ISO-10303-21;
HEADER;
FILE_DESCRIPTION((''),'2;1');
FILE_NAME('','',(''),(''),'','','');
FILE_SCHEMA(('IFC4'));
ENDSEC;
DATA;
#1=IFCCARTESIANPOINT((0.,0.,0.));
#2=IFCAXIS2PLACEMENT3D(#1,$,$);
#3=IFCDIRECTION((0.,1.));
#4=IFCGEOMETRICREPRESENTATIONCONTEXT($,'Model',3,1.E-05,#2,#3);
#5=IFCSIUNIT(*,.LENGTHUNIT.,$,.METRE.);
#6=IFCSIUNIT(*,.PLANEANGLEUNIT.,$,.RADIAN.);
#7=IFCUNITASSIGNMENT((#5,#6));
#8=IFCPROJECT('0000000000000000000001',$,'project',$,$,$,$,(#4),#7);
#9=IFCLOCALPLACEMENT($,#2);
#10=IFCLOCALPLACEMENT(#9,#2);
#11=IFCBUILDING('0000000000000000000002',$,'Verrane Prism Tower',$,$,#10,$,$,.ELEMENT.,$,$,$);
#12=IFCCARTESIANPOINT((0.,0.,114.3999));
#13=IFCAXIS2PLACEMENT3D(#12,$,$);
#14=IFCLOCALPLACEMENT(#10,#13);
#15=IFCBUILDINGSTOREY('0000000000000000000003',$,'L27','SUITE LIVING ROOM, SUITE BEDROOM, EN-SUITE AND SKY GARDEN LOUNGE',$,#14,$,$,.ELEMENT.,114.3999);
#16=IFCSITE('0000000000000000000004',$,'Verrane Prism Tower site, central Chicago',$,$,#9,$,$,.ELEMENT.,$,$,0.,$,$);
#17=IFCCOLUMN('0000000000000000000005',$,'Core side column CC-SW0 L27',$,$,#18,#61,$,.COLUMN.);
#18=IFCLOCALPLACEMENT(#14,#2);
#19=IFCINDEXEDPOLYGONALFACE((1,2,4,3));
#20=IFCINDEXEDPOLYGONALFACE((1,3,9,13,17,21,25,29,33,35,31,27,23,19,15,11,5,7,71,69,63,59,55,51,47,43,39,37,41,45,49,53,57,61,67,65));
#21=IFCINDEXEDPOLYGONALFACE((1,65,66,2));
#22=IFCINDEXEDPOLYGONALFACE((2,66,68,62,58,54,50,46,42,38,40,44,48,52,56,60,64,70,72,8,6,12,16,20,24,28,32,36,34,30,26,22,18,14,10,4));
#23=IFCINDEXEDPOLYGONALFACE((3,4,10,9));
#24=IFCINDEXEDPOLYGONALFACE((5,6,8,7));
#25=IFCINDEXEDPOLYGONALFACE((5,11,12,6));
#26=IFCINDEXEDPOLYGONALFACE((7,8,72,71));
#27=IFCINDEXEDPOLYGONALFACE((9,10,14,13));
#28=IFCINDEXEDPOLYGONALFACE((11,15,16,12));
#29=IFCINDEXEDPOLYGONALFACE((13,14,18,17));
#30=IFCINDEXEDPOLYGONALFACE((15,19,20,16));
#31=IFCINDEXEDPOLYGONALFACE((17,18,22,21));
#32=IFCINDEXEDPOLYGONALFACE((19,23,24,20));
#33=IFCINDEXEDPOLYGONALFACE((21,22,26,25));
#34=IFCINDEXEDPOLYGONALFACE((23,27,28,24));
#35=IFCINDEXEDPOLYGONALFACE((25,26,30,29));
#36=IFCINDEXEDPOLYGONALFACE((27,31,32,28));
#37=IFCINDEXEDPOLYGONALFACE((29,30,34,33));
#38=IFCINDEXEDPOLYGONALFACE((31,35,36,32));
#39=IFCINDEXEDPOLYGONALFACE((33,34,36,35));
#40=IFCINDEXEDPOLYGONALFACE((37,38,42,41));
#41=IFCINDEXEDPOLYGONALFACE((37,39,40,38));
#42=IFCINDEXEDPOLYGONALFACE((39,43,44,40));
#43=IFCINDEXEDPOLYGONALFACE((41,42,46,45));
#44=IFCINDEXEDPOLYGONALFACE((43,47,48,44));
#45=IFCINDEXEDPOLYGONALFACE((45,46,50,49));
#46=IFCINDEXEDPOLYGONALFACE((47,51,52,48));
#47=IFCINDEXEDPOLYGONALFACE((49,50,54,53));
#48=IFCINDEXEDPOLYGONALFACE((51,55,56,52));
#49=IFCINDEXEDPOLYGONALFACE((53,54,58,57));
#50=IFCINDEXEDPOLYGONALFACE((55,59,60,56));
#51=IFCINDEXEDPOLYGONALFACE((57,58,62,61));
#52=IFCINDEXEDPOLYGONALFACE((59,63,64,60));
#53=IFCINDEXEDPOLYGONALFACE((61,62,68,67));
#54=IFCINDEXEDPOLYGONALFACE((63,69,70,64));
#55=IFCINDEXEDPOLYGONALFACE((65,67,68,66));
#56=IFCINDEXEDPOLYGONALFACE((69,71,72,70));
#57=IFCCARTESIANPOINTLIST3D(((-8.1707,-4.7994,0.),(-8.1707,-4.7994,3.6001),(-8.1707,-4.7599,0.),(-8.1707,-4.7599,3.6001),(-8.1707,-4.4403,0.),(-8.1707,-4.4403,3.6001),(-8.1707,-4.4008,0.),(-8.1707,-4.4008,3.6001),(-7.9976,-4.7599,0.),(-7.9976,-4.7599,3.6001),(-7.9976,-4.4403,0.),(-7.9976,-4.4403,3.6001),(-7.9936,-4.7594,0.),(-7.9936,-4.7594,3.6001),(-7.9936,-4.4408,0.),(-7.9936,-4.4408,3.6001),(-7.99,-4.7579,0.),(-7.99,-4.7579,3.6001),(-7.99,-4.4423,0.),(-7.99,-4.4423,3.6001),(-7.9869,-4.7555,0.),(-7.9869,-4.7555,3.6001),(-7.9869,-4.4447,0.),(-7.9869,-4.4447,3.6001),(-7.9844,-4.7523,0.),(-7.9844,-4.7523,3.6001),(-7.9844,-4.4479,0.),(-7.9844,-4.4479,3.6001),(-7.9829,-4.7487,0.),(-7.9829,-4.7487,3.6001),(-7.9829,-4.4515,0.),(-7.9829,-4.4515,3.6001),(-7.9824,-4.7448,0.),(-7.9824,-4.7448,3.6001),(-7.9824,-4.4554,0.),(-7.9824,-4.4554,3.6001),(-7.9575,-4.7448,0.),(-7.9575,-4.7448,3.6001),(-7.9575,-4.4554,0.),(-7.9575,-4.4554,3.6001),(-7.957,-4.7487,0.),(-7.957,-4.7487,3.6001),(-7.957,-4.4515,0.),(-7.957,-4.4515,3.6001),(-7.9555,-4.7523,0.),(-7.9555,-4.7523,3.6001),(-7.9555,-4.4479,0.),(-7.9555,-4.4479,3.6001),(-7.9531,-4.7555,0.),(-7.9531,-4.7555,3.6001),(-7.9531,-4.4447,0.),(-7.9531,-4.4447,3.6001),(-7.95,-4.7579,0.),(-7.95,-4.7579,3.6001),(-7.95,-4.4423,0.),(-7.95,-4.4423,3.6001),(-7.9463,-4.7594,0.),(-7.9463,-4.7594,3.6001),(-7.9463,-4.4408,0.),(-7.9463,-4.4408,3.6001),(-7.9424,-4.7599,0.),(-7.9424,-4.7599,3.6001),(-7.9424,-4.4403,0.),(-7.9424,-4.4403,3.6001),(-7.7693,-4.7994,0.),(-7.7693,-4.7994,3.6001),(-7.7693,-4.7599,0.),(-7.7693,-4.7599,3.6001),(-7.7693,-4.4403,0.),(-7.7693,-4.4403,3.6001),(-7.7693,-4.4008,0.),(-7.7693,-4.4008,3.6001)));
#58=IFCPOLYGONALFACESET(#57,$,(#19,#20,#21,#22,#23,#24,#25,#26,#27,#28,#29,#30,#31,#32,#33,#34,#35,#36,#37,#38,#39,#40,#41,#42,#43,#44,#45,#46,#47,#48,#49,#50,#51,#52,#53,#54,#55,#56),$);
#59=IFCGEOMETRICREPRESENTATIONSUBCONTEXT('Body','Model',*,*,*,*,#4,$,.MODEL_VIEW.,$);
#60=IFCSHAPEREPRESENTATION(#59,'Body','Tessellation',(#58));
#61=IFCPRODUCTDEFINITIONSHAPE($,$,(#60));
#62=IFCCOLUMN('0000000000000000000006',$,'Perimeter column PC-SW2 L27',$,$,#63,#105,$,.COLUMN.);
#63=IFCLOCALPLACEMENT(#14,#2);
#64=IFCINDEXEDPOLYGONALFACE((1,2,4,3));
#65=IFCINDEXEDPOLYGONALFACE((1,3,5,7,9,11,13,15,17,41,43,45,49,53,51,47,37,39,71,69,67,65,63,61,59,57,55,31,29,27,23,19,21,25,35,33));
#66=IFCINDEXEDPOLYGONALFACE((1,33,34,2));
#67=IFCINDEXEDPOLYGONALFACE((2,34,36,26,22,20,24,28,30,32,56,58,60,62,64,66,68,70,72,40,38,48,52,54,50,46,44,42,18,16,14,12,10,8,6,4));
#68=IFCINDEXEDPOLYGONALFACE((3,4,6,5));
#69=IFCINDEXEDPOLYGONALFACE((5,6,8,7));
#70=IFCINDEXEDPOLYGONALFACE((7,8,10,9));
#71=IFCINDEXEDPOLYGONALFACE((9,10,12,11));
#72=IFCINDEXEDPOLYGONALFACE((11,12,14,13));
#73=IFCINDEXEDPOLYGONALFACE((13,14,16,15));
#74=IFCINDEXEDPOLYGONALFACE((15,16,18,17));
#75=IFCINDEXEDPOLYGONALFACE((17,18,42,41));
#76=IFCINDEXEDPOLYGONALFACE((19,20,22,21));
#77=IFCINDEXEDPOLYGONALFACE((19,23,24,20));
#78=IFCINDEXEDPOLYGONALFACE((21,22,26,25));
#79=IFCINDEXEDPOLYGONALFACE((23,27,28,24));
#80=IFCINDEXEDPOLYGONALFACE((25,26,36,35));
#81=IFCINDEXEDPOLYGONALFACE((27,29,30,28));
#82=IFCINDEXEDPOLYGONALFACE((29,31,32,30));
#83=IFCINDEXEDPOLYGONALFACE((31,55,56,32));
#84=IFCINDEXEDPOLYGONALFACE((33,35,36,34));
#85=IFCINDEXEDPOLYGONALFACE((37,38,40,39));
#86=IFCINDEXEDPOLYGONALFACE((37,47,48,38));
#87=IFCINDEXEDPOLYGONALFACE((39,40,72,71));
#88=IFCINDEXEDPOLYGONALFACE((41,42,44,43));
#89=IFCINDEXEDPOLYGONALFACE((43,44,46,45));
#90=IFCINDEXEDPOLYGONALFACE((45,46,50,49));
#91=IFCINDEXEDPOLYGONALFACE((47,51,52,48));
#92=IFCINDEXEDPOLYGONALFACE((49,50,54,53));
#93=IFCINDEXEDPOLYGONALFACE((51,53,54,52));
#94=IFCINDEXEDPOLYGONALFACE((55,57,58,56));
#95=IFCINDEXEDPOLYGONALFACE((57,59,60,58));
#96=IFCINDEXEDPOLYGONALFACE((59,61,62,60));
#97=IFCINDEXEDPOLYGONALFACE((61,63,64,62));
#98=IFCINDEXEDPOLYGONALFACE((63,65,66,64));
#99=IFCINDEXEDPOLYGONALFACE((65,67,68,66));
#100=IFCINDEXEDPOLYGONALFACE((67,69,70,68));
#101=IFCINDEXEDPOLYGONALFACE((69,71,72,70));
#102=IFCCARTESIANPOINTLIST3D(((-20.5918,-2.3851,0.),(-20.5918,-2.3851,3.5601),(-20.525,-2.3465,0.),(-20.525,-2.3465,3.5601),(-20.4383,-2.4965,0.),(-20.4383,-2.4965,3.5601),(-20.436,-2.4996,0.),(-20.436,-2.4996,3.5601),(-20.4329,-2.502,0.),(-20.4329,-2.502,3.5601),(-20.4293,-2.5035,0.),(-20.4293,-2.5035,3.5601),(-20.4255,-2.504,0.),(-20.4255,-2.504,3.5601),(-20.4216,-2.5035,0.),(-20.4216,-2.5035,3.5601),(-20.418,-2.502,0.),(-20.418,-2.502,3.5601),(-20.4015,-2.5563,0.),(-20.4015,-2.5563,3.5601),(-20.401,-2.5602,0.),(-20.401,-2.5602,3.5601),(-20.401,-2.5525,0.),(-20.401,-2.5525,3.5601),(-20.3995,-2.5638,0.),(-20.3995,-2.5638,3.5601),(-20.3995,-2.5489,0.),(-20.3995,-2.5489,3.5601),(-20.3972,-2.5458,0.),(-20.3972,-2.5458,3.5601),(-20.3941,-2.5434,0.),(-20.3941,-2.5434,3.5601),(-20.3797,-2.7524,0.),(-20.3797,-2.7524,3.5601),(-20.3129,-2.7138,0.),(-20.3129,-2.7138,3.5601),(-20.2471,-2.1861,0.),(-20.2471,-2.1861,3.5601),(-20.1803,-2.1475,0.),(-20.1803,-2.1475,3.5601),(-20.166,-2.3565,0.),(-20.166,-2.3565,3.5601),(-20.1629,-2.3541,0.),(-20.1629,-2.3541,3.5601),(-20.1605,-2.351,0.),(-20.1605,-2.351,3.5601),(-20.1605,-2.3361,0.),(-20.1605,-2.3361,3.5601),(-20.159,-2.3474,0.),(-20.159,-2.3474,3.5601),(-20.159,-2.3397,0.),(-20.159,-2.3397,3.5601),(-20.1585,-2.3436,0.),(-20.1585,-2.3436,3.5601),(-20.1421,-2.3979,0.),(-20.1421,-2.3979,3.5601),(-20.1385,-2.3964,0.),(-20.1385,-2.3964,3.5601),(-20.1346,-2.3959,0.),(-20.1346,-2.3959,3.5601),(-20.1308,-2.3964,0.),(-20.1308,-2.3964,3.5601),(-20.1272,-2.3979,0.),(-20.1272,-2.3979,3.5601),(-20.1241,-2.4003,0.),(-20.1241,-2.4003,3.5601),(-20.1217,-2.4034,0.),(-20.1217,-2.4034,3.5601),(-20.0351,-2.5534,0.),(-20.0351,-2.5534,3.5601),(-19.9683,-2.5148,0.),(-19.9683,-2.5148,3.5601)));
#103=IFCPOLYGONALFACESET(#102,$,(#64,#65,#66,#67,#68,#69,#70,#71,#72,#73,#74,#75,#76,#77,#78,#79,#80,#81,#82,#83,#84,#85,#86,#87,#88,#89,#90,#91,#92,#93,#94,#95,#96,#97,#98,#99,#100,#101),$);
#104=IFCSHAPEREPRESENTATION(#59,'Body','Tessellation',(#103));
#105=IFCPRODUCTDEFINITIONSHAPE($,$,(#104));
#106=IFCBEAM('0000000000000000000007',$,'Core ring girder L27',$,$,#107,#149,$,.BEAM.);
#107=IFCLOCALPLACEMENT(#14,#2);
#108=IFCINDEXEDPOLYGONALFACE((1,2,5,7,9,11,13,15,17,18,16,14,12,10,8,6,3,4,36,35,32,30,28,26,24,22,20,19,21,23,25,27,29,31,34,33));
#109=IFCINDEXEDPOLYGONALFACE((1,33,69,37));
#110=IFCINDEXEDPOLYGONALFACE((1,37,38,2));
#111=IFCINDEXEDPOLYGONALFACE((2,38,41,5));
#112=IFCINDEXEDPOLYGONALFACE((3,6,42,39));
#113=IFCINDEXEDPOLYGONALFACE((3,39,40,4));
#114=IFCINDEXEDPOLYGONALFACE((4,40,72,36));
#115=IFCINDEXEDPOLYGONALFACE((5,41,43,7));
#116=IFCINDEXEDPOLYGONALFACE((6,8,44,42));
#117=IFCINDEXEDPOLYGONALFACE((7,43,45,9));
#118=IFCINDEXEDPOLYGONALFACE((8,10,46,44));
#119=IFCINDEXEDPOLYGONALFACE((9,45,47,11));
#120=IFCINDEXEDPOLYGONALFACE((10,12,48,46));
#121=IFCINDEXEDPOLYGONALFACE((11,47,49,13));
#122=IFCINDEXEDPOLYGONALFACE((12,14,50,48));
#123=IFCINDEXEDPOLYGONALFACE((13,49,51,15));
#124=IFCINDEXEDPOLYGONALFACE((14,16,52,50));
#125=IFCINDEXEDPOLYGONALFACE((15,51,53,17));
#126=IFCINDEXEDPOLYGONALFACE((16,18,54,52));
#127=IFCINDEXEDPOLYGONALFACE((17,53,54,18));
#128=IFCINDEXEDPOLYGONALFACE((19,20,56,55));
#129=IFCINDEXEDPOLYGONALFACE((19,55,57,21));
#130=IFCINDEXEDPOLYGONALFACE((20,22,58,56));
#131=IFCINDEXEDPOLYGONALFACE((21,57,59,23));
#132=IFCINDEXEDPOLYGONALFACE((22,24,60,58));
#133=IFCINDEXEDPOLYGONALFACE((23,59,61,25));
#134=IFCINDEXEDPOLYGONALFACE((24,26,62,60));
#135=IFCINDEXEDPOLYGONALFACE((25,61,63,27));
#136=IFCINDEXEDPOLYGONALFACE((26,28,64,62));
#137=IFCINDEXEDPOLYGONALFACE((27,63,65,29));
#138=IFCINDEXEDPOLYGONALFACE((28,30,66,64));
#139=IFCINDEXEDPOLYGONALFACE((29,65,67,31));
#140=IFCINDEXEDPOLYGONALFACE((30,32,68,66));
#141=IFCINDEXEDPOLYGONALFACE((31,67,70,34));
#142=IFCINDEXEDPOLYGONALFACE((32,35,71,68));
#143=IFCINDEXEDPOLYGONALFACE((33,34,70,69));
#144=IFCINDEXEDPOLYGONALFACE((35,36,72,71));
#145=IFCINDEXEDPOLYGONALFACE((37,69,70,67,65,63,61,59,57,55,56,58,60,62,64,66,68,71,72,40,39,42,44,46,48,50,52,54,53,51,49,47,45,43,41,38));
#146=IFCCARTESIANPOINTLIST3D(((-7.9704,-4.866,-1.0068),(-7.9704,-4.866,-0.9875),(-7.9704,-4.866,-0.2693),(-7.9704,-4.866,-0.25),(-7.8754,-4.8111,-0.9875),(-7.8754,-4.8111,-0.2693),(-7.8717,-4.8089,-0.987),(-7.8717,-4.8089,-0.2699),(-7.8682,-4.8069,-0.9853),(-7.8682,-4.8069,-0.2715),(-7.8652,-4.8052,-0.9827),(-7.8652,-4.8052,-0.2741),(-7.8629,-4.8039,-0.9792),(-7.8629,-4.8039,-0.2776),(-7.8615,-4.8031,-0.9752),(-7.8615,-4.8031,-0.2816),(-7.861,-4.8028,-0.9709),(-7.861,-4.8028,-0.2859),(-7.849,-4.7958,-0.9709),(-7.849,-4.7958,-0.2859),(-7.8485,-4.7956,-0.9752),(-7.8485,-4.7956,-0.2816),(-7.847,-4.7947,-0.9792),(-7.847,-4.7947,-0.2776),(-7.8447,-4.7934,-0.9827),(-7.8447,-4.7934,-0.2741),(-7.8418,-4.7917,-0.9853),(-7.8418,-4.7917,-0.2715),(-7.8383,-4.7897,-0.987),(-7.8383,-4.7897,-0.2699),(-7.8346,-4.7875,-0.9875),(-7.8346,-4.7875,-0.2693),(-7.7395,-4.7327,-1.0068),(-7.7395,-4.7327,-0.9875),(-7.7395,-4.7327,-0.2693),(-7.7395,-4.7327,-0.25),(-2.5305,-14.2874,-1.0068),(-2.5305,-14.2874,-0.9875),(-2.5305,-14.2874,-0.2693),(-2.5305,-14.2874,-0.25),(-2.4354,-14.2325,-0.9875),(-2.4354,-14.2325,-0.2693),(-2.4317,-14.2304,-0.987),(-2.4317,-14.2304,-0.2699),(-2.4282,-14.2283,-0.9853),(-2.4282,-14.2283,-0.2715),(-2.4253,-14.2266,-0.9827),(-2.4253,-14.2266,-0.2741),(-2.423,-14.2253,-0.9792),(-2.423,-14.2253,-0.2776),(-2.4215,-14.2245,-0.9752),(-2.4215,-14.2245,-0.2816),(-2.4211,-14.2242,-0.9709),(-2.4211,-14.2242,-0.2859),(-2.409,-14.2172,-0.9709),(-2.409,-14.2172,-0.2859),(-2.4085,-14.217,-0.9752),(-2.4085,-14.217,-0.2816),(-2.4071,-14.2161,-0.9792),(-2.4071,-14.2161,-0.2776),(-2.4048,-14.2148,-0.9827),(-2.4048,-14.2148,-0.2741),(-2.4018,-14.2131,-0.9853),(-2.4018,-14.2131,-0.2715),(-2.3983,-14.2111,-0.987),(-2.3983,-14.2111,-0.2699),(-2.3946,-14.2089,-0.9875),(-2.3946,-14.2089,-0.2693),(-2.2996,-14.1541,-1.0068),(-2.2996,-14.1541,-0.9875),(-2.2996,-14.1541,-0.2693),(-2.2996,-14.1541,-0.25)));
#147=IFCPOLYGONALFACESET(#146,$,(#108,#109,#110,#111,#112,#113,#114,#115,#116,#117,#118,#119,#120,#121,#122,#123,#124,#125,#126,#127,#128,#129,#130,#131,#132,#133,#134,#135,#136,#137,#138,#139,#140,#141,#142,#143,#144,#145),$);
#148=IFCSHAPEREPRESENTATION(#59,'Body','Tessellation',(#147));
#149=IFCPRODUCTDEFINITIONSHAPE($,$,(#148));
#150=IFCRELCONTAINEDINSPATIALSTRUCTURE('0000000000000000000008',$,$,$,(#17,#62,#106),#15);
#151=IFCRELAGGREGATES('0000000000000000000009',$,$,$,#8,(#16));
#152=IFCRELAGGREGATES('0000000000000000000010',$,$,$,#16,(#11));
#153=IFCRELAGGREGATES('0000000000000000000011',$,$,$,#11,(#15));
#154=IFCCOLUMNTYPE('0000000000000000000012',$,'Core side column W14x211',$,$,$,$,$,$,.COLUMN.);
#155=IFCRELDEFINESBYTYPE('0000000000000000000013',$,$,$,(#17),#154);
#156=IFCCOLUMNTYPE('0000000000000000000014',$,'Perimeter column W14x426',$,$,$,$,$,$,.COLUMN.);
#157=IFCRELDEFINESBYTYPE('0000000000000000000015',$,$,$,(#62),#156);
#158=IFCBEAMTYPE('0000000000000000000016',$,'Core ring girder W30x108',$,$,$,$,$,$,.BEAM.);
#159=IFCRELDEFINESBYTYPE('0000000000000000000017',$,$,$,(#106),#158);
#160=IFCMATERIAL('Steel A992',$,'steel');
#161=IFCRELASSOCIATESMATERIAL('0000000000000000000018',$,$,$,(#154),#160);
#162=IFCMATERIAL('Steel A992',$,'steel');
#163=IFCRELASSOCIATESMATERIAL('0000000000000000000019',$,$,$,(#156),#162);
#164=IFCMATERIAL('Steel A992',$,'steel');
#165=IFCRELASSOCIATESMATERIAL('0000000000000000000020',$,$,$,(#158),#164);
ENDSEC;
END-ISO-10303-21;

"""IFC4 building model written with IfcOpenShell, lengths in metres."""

from ifc_helpers import new_model, si_unit, direction, frame, origin, origin_2d, place, context, subcontext, project, spatial, i_section, extrude, material, material_profile, profile_set, type_object, element, save


model = new_model("IFC4")

# Units and contexts
model_context = context("Model", 3, precision=1e-05, world=origin(), true_north=direction((0.0, 1.0)))
body_context = subcontext(model_context, "Body", "Model", "MODEL_VIEW")
ifc_project = project(units=[si_unit("LENGTHUNIT", "METRE"), si_unit("PLANEANGLEUNIT", "RADIAN")], contexts=[model_context])

# Site, building, storey
site_placement = place(None, origin())
site = spatial("IfcSite", under=ifc_project, at=site_placement, Name="Verrane Prism Tower site, central Chicago", CompositionType="ELEMENT", RefElevation=0.0)
building_placement = place(site_placement, origin())
building = spatial("IfcBuilding", under=site, at=building_placement, Name="Verrane Prism Tower", CompositionType="ELEMENT")
storey_placement = place(building_placement, frame((0.0, 0.0, 114.3999)))
storey = spatial("IfcBuildingStorey", under=building, at=storey_placement, Name="L27", Description="SUITE LIVING ROOM, SUITE BEDROOM, EN-SUITE AND SKY GARDEN LOUNGE", CompositionType="ELEMENT", Elevation=114.3999)

# Columns
ifc_material_1 = material(Name="Steel A992", Category="steel")
ifc_material_profile_1 = material_profile(ifc_material_1, i_section(OverallWidth=0.4014, OverallDepth=0.3987, WebThickness=0.0249, FlangeThickness=0.0396, FilletRadius=0.0151, at=origin_2d()), Name="W14x211")
ifc_profile_set_1 = profile_set([ifc_material_profile_1], Name="Steel A992")
column_type_1 = type_object("IfcColumnType", Name="Core side column W14x211", PredefinedType="COLUMN", material=ifc_profile_set_1)
column_1_placement = place(storey_placement, frame((-7.97, -4.6001, 0.0), z_axis=(0.0, 0.0, 1.0), x_axis=(1.0, 0.0, 0.0)))
element("IfcColumn", 1, at=column_1_placement, inside=storey, type_object=column_type_1, Name="Core side column CC-SW0 L27", PredefinedType="COLUMN", context=body_context, shape_type="SweptSolid", body=[
    extrude(i_section(OverallWidth=0.4014, OverallDepth=0.3987, WebThickness=0.0249, FlangeThickness=0.0396, FilletRadius=0.0151, at=origin_2d()), origin(), (0.0, 0.0, 1.0), 3.6001),
])
ifc_material_2 = material(Name="Steel A992", Category="steel")
ifc_material_profile_2 = material_profile(ifc_material_2, i_section(OverallWidth=0.4241, OverallDepth=0.4751, WebThickness=0.0479, FlangeThickness=0.0771, FilletRadius=0.0149, at=origin_2d()), Name="W14x426")
ifc_profile_set_2 = profile_set([ifc_material_profile_2], Name="Steel A992")
column_type_2 = type_object("IfcColumnType", Name="Perimeter column W14x426", PredefinedType="COLUMN", material=ifc_profile_set_2)
column_2_placement = place(storey_placement, frame((-20.28, -2.45, 0.0), z_axis=(0.0, 0.0, 1.0), x_axis=(-0.5, 0.866025, 0.0)))
element("IfcColumn", 2, at=column_2_placement, inside=storey, type_object=column_type_2, Name="Perimeter column PC-SW2 L27", PredefinedType="COLUMN", context=body_context, shape_type="SweptSolid", body=[
    extrude(i_section(OverallWidth=0.4241, OverallDepth=0.4751, WebThickness=0.0479, FlangeThickness=0.0771, FilletRadius=0.0149, at=origin_2d()), origin(), (0.0, 0.0, 1.0), 3.5601),
])

# Beam
ifc_material_3 = material(Name="Steel A992", Category="steel")
ifc_material_profile_3 = material_profile(ifc_material_3, i_section(OverallWidth=0.2666, OverallDepth=0.7568, WebThickness=0.0139, FlangeThickness=0.0193, FilletRadius=0.0166, at=origin_2d()), Name="W30x108")
ifc_profile_set_3 = profile_set([ifc_material_profile_3], Name="Steel A992")
beam_type_1 = type_object("IfcBeamType", Name="Core ring girder W30x108", PredefinedType="BEAM", material=ifc_profile_set_3)
beam_1_placement = place(storey_placement, frame((-7.855, -4.7993, -0.6284), z_axis=(0.500035, -0.866005, 0.0), x_axis=(0.866005, 0.500035, 0.0)))
element("IfcBeam", 3, at=beam_1_placement, inside=storey, type_object=beam_type_1, Name="Core ring girder L27", PredefinedType="BEAM", context=body_context, shape_type="SweptSolid", body=[
    extrude(i_section(OverallWidth=0.2666, OverallDepth=0.7568, WebThickness=0.0139, FlangeThickness=0.0193, FilletRadius=0.0166, at=origin_2d()), origin(), (0.0, 0.0, 1.0), 10.8792),
])

save(model, "model.ifc")
